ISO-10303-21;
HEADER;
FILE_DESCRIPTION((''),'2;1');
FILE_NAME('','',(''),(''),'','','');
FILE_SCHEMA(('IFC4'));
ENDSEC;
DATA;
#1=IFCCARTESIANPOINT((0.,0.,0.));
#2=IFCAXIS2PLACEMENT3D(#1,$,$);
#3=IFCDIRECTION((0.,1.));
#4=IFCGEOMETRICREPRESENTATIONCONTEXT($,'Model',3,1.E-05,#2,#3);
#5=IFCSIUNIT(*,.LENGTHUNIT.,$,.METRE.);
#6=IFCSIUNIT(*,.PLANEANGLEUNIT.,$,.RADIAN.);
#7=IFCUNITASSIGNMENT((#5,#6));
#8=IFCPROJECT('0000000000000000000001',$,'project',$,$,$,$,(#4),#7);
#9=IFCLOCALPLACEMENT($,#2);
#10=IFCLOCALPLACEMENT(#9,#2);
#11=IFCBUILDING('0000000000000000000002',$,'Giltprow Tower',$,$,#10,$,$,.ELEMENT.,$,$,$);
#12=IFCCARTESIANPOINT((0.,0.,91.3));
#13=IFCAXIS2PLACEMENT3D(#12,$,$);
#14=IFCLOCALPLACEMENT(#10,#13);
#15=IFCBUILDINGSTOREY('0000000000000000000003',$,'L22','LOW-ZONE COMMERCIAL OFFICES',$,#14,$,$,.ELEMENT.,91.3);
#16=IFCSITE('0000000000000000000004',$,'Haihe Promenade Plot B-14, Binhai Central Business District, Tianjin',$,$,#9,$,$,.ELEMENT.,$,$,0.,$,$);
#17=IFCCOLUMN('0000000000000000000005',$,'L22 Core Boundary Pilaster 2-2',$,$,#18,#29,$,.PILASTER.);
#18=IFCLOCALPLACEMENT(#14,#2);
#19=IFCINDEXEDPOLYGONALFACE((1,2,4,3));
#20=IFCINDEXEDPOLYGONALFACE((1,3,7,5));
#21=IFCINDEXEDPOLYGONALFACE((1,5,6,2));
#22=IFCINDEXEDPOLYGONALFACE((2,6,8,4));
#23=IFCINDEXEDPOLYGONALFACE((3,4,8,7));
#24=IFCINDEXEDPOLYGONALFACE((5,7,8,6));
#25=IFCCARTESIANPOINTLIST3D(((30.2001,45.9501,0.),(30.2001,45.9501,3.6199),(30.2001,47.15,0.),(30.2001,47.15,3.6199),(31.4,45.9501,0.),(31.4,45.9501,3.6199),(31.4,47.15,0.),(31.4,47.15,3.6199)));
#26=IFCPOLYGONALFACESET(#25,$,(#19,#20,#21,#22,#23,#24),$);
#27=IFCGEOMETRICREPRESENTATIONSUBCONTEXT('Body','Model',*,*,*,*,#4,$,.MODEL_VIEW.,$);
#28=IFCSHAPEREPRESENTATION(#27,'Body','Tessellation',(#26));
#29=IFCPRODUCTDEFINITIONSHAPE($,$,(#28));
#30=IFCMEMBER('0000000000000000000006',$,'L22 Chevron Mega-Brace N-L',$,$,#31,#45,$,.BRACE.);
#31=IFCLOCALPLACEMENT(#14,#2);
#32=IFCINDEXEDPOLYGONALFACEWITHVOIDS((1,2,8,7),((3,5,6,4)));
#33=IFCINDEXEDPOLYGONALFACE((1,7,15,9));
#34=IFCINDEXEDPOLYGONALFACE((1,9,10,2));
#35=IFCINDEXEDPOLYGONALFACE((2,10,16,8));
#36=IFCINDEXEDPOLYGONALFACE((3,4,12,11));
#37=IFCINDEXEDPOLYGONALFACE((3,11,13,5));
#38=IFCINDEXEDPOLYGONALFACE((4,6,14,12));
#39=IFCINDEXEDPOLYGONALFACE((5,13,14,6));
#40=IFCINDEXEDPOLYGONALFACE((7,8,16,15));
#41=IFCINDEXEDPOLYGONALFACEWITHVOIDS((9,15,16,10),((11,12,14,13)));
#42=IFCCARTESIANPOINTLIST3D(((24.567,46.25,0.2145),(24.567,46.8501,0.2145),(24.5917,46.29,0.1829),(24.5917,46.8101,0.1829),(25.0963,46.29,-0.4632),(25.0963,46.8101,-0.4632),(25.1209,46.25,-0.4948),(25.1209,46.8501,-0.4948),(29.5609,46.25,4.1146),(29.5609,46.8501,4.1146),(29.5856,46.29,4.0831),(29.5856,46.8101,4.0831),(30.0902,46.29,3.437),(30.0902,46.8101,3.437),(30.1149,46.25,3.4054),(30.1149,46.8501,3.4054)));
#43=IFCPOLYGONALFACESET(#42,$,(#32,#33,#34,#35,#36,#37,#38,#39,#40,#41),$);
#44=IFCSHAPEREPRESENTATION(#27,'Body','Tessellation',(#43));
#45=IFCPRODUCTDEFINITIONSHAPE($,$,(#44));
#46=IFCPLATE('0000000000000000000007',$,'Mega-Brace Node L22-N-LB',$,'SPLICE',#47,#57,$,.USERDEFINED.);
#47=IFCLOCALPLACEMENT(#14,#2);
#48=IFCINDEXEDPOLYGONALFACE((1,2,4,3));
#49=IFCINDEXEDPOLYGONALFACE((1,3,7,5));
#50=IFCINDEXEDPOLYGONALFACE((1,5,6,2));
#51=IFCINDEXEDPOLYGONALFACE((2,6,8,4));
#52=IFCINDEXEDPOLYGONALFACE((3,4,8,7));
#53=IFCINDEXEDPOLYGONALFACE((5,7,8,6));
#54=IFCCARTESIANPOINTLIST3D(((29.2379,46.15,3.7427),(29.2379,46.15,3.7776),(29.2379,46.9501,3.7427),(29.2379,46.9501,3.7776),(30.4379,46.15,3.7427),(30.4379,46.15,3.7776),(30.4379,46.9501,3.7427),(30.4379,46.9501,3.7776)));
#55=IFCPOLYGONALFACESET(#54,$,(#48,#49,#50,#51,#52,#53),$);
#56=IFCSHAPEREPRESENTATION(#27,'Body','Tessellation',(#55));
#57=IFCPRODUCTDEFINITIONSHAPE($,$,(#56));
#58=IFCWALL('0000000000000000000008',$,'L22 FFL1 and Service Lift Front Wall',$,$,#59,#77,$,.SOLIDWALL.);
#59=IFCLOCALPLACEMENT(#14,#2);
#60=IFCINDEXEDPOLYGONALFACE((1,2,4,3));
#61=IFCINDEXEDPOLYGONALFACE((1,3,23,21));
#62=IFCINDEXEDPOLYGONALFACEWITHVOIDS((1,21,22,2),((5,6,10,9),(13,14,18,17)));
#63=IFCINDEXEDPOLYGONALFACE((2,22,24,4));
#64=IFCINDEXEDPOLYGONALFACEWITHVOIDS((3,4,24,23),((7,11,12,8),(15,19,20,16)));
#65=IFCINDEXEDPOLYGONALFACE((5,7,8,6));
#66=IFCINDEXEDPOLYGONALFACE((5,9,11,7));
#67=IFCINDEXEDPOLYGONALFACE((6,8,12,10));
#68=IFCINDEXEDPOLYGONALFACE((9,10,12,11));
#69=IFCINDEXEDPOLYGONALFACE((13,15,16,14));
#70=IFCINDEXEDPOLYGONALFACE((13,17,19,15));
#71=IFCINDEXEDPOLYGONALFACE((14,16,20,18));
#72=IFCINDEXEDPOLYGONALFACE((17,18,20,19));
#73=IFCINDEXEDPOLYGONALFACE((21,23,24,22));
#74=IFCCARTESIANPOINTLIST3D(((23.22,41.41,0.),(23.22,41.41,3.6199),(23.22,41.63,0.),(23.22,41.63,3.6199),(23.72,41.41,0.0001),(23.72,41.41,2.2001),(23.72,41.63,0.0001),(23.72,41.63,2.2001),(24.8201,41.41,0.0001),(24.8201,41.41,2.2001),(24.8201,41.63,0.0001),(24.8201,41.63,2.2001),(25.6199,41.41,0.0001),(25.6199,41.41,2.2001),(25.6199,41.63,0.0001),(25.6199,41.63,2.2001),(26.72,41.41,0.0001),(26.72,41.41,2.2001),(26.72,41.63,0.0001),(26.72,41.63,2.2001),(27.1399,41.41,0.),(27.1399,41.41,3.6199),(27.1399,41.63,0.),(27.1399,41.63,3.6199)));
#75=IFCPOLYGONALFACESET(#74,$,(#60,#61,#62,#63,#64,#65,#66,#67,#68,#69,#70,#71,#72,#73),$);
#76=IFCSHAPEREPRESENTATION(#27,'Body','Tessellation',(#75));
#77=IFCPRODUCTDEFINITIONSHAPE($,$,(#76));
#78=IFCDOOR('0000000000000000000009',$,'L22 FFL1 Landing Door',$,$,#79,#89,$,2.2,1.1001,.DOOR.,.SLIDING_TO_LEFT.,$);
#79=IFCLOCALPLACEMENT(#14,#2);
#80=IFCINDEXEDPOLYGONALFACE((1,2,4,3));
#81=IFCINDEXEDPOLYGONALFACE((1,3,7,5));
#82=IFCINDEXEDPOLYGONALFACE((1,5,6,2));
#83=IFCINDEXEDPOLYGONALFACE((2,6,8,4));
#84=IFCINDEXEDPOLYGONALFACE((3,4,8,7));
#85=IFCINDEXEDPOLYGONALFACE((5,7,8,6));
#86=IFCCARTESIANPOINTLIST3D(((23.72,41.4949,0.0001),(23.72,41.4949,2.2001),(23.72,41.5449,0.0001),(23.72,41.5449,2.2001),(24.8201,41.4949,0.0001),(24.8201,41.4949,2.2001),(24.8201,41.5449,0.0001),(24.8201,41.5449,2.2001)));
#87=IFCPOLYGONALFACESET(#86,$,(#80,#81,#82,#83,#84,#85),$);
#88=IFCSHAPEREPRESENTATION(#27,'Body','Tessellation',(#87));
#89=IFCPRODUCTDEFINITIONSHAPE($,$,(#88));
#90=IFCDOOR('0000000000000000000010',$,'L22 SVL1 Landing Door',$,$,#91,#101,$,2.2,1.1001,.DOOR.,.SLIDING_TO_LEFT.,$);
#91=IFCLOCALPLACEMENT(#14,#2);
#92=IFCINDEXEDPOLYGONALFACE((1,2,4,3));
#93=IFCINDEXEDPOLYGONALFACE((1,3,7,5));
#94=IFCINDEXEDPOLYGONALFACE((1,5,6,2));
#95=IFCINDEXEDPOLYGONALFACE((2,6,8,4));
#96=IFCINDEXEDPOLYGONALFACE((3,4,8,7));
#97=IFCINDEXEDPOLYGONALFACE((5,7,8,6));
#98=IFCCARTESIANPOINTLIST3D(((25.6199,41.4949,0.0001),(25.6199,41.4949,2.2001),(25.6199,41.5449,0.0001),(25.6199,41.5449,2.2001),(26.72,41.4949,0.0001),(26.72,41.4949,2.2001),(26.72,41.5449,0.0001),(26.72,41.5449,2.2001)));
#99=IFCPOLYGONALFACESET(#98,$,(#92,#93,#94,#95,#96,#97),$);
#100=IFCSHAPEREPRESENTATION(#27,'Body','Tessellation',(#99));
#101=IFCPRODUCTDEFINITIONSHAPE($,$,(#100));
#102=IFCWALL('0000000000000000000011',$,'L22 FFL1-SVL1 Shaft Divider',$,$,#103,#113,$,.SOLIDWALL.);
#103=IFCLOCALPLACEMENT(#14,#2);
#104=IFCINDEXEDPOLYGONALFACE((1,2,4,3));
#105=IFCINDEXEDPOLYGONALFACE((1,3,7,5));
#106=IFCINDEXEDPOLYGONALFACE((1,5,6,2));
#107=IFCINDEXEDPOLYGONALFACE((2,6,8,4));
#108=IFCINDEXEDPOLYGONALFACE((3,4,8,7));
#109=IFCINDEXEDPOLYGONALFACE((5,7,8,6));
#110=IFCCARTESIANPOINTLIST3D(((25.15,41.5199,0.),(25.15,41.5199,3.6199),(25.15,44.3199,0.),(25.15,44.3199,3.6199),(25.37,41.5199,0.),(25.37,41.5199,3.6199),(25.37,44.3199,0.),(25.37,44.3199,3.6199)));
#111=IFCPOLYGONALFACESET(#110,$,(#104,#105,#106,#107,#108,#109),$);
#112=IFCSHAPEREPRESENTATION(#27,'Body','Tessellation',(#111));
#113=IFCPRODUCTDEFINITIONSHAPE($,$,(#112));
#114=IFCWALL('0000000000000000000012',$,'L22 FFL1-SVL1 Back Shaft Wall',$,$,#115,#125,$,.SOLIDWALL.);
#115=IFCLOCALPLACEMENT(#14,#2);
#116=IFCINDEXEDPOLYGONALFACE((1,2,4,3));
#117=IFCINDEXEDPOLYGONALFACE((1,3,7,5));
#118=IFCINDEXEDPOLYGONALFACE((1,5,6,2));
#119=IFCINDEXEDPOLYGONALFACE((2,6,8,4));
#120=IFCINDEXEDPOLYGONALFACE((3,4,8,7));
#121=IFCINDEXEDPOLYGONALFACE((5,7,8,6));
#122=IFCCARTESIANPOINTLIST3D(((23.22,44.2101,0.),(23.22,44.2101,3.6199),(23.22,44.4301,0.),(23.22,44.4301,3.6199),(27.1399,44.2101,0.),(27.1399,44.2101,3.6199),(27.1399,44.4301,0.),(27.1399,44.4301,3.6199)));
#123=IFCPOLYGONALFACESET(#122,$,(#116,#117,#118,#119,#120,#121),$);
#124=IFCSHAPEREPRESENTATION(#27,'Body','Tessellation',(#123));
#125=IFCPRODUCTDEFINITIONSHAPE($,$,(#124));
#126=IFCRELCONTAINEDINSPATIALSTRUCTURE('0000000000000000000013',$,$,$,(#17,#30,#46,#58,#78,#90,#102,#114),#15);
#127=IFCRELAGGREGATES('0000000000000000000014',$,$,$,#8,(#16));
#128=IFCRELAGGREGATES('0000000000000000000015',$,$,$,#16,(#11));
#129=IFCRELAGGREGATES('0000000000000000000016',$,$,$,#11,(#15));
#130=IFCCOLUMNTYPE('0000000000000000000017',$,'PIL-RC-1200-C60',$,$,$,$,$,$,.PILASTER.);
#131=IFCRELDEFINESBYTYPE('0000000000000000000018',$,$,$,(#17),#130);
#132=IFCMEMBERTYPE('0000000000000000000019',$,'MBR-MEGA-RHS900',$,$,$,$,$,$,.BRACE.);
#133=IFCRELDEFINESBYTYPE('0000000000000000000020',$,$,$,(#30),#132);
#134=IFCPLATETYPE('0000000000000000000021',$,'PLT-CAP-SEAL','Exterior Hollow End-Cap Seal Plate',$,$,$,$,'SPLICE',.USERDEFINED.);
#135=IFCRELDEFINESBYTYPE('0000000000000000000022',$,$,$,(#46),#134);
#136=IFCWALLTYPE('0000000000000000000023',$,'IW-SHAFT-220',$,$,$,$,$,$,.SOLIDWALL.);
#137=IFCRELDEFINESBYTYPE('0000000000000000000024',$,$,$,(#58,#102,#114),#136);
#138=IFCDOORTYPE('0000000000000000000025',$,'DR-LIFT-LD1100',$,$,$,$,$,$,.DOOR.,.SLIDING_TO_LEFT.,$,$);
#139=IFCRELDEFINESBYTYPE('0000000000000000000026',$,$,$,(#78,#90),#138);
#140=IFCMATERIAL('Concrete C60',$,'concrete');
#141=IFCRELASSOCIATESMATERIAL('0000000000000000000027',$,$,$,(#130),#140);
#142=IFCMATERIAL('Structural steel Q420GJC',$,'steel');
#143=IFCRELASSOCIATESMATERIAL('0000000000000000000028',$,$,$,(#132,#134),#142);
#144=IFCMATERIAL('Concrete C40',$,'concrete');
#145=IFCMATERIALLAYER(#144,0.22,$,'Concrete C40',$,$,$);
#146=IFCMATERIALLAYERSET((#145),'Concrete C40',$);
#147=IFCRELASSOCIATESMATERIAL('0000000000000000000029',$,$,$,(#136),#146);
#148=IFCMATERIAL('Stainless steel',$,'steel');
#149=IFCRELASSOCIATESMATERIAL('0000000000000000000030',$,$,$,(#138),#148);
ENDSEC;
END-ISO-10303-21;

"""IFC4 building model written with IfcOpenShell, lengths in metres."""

from ifc_helpers import new_model, si_unit, direction, frame, frame_2d, origin, origin_2d, place, context, subcontext, project, spatial, rectangle, hollow_rectangle, extrude, source, transform, mapped, material, layer, layer_set, material_profile, profile_set, type_object, element, fill, save


model = new_model("IFC4")

# Units and contexts
model_context = context("Model", 3, precision=1e-05, world=origin(), true_north=direction((0.0, 1.0)))
body_context = subcontext(model_context, "Body", "Model", "MODEL_VIEW")
ifc_project = project(units=[si_unit("LENGTHUNIT", "METRE"), si_unit("PLANEANGLEUNIT", "RADIAN")], contexts=[model_context])

# Site, building, storey
site_placement = place(None, origin())
site = spatial("IfcSite", under=ifc_project, at=site_placement, Name="Haihe Promenade Plot B-14, Binhai Central Business District, Tianjin", CompositionType="ELEMENT", RefElevation=0.0)
building_placement = place(site_placement, origin())
building = spatial("IfcBuilding", under=site, at=building_placement, Name="Giltprow Tower", CompositionType="ELEMENT")
storey_placement = place(building_placement, frame((0.0, 0.0, 91.3)))
storey = spatial("IfcBuildingStorey", under=building, at=storey_placement, Name="L22", Description="LOW-ZONE COMMERCIAL OFFICES", CompositionType="ELEMENT", Elevation=91.3)

# Column
ifc_material_1 = material(Name="Concrete C60", Category="concrete")
ifc_material_profile_1 = material_profile(ifc_material_1, rectangle(XDim=1.2, YDim=1.2, at=origin_2d()), Name="RC 1200x1200")
ifc_profile_set_1 = profile_set([ifc_material_profile_1], Name="Concrete C60")
column_type = type_object("IfcColumnType", Name="PIL-RC-1200-C60", PredefinedType="PILASTER", material=ifc_profile_set_1)
shared_shape_1 = source(origin(), body_context, "Body", "SweptSolid", [
    extrude(rectangle(XDim=1.2, YDim=1.2, at=origin_2d()), origin(), (0.0, 0.0, 1.0), 3.6199),
])
column_placement = place(storey_placement, frame((30.8, 46.55, 0.0), z_axis=(0.0, 0.0, 1.0), x_axis=(1.0, 0.0, 0.0)))
element("IfcColumn", 1, at=column_placement, inside=storey, type_object=column_type, Name="L22 Core Boundary Pilaster 2-2", PredefinedType="PILASTER", context=body_context, shape_type="MappedRepresentation", body=[
    mapped(shared_shape_1, transform((0.0, 0.0, 0.0), x_axis=(1.0, 0.0, 0.0), y_axis=(0.0, 1.0, 0.0), z_axis=(0.0, 0.0, 1.0), scale=1.0)),
])

# Member
ifc_material_2 = material(Name="Structural steel Q420GJC", Category="steel")
ifc_material_profile_2 = material_profile(ifc_material_2, hollow_rectangle(XDim=0.6001, YDim=0.8999, WallThickness=0.04, at=origin_2d()), Name="RHS 900x600x40")
ifc_profile_set_2 = profile_set([ifc_material_profile_2], Name="Structural steel Q420GJC")
member_type = type_object("IfcMemberType", Name="MBR-MEGA-RHS900", PredefinedType="BRACE", material=ifc_profile_set_2)
shared_shape_2 = source(origin(), body_context, "Body", "SweptSolid", [
    extrude(hollow_rectangle(XDim=0.6001, YDim=0.8999, WallThickness=0.04, at=origin_2d()), origin(), (0.0, 0.0, 1.0), 6.3364),
])
member_placement = place(storey_placement, frame((24.844, 46.55, -0.1401), z_axis=(0.788127, 0.0, 0.615513), x_axis=(0.0, 1.0, 0.0)))
element("IfcMember", 2, at=member_placement, inside=storey, type_object=member_type, Name="L22 Chevron Mega-Brace N-L", PredefinedType="BRACE", context=body_context, shape_type="MappedRepresentation", body=[
    mapped(shared_shape_2, transform((0.0, 0.0, 0.0), x_axis=(1.0, 0.0, 0.0), y_axis=(0.0, 1.0, 0.0), z_axis=(0.0, 0.0, 1.0), scale=1.0)),
])

# Plate
plate_type = type_object("IfcPlateType", Name="PLT-CAP-SEAL", Description="Exterior Hollow End-Cap Seal Plate", ElementType="SPLICE", PredefinedType="USERDEFINED", material=ifc_material_2)
shared_shape_3 = source(origin(), body_context, "Body", "SweptSolid", [
    extrude(rectangle(XDim=1.2, YDim=0.8, at=origin_2d()), origin(), (0.0, 0.0, 1.0), 0.0349),
])
plate_placement = place(storey_placement, frame((29.8379, 46.55, 3.7427), z_axis=(0.0, 0.0, 1.0), x_axis=(1.0, 0.0, 0.0)))
element("IfcPlate", 3, at=plate_placement, inside=storey, type_object=plate_type, Name="Mega-Brace Node L22-N-LB", ObjectType="SPLICE", PredefinedType="USERDEFINED", context=body_context, shape_type="MappedRepresentation", body=[
    mapped(shared_shape_3, transform((0.0, 0.0, 0.0), x_axis=(1.0, 0.0, 0.0), y_axis=(0.0, 1.0, 0.0), z_axis=(0.0, 0.0, 1.0), scale=1.0)),
])

# Wall, openings, doors
ifc_material_3 = material(Name="Concrete C40", Category="concrete")
ifc_layer_1 = layer(ifc_material_3, 0.22, Name="Concrete C40")
ifc_layer_set_1 = layer_set([ifc_layer_1], Name="Concrete C40")
wall_type_1 = type_object("IfcWallType", Name="IW-SHAFT-220", PredefinedType="SOLIDWALL", material=ifc_layer_set_1)
wall_1_placement = place(storey_placement, frame((23.22, 41.52, 0.0), z_axis=(0.0, 0.0, 1.0), x_axis=(1.0, 0.0, 0.0)))
wall_1 = element("IfcWall", 4, at=wall_1_placement, inside=storey, type_object=wall_type_1, Name="L22 FFL1 and Service Lift Front Wall", PredefinedType="SOLIDWALL", context=body_context, shape_type="SweptSolid", body=[
    extrude(rectangle(XDim=3.9199, YDim=0.22, at=frame_2d((1.96, 0.0))), origin(), (0.0, 0.0, 1.0), 3.6199),
])
opening_1_placement = place(wall_1_placement, frame((0.5, 0.0, 0.0)))
opening_1 = element("IfcOpeningElement", 5, at=opening_1_placement, cuts=wall_1, PredefinedType="OPENING", context=body_context, shape_type="SweptSolid", body=[
    extrude(rectangle(XDim=1.1001, YDim=2.2, at=frame_2d((0.55, 1.1001))), frame((0.0, 0.1199, 0.0), z_axis=(0.0, -1.0, 0.0), x_axis=(1.0, 0.0, 0.0)), (0.0, 0.0, 1.0), 0.24),
])
opening_2_placement = place(wall_1_placement, frame((2.3999, 0.0, 0.0)))
opening_2 = element("IfcOpeningElement", 6, at=opening_2_placement, cuts=wall_1, PredefinedType="OPENING", context=body_context, shape_type="SweptSolid", body=[
    extrude(rectangle(XDim=1.1001, YDim=2.2, at=frame_2d((0.55, 1.1001))), frame((0.0, 0.1199, 0.0), z_axis=(0.0, -1.0, 0.0), x_axis=(1.0, 0.0, 0.0)), (0.0, 0.0, 1.0), 0.24),
])
ifc_material_4 = material(Name="Stainless steel", Category="steel")
door_type = type_object("IfcDoorType", Name="DR-LIFT-LD1100", OperationType="SLIDING_TO_LEFT", PredefinedType="DOOR", material=ifc_material_4)
shared_shape_4 = source(origin(), body_context, "Body", "SweptSolid", [
    extrude(rectangle(XDim=1.1001, YDim=2.2, at=frame_2d((0.55, 1.1001))), frame((0.0, 0.0249, 0.0), z_axis=(0.0, -1.0, 0.0), x_axis=(1.0, 0.0, 0.0)), (0.0, 0.0, 1.0), 0.05),
])
door_1_placement = place(opening_1_placement, origin())
door_1 = element("IfcDoor", 7, at=door_1_placement, inside=storey, type_object=door_type, Name="L22 FFL1 Landing Door", OperationType="SLIDING_TO_LEFT", OverallHeight=2.2, OverallWidth=1.1001, PredefinedType="DOOR", context=body_context, shape_type="MappedRepresentation", body=[
    mapped(shared_shape_4, transform((0.0, 0.0, 0.0), x_axis=(1.0, 0.0, 0.0), y_axis=(0.0, 1.0, 0.0), z_axis=(0.0, 0.0, 1.0), scale=1.0)),
])
fill(opening_1, door_1)
door_2_placement = place(opening_2_placement, origin())
door_2 = element("IfcDoor", 8, at=door_2_placement, inside=storey, type_object=door_type, Name="L22 SVL1 Landing Door", OperationType="SLIDING_TO_LEFT", OverallHeight=2.2, OverallWidth=1.1001, PredefinedType="DOOR", context=body_context, shape_type="MappedRepresentation", body=[
    mapped(shared_shape_4, transform((0.0, 0.0, 0.0), x_axis=(1.0, 0.0, 0.0), y_axis=(0.0, 1.0, 0.0), z_axis=(0.0, 0.0, 1.0), scale=1.0)),
])
fill(opening_2, door_2)

# Walls
wall_2_placement = place(storey_placement, frame((25.26, 41.52, 0.0), z_axis=(0.0, 0.0, 1.0), x_axis=(0.0, 1.0, 0.0)))
element("IfcWall", 9, at=wall_2_placement, inside=storey, type_object=wall_type_1, Name="L22 FFL1-SVL1 Shaft Divider", PredefinedType="SOLIDWALL", context=body_context, shape_type="SweptSolid", body=[
    extrude(rectangle(XDim=2.8, YDim=0.22, at=frame_2d((1.3999, 0.0))), origin(), (0.0, 0.0, 1.0), 3.6199),
])
wall_3_placement = place(storey_placement, frame((23.22, 44.3201, 0.0), z_axis=(0.0, 0.0, 1.0), x_axis=(1.0, 0.0, 0.0)))
element("IfcWall", 10, at=wall_3_placement, inside=storey, type_object=wall_type_1, Name="L22 FFL1-SVL1 Back Shaft Wall", PredefinedType="SOLIDWALL", context=body_context, shape_type="SweptSolid", body=[
    extrude(rectangle(XDim=3.9199, YDim=0.22, at=frame_2d((1.96, 0.0))), origin(), (0.0, 0.0, 1.0), 3.6199),
])

save(model, "model.ifc")
